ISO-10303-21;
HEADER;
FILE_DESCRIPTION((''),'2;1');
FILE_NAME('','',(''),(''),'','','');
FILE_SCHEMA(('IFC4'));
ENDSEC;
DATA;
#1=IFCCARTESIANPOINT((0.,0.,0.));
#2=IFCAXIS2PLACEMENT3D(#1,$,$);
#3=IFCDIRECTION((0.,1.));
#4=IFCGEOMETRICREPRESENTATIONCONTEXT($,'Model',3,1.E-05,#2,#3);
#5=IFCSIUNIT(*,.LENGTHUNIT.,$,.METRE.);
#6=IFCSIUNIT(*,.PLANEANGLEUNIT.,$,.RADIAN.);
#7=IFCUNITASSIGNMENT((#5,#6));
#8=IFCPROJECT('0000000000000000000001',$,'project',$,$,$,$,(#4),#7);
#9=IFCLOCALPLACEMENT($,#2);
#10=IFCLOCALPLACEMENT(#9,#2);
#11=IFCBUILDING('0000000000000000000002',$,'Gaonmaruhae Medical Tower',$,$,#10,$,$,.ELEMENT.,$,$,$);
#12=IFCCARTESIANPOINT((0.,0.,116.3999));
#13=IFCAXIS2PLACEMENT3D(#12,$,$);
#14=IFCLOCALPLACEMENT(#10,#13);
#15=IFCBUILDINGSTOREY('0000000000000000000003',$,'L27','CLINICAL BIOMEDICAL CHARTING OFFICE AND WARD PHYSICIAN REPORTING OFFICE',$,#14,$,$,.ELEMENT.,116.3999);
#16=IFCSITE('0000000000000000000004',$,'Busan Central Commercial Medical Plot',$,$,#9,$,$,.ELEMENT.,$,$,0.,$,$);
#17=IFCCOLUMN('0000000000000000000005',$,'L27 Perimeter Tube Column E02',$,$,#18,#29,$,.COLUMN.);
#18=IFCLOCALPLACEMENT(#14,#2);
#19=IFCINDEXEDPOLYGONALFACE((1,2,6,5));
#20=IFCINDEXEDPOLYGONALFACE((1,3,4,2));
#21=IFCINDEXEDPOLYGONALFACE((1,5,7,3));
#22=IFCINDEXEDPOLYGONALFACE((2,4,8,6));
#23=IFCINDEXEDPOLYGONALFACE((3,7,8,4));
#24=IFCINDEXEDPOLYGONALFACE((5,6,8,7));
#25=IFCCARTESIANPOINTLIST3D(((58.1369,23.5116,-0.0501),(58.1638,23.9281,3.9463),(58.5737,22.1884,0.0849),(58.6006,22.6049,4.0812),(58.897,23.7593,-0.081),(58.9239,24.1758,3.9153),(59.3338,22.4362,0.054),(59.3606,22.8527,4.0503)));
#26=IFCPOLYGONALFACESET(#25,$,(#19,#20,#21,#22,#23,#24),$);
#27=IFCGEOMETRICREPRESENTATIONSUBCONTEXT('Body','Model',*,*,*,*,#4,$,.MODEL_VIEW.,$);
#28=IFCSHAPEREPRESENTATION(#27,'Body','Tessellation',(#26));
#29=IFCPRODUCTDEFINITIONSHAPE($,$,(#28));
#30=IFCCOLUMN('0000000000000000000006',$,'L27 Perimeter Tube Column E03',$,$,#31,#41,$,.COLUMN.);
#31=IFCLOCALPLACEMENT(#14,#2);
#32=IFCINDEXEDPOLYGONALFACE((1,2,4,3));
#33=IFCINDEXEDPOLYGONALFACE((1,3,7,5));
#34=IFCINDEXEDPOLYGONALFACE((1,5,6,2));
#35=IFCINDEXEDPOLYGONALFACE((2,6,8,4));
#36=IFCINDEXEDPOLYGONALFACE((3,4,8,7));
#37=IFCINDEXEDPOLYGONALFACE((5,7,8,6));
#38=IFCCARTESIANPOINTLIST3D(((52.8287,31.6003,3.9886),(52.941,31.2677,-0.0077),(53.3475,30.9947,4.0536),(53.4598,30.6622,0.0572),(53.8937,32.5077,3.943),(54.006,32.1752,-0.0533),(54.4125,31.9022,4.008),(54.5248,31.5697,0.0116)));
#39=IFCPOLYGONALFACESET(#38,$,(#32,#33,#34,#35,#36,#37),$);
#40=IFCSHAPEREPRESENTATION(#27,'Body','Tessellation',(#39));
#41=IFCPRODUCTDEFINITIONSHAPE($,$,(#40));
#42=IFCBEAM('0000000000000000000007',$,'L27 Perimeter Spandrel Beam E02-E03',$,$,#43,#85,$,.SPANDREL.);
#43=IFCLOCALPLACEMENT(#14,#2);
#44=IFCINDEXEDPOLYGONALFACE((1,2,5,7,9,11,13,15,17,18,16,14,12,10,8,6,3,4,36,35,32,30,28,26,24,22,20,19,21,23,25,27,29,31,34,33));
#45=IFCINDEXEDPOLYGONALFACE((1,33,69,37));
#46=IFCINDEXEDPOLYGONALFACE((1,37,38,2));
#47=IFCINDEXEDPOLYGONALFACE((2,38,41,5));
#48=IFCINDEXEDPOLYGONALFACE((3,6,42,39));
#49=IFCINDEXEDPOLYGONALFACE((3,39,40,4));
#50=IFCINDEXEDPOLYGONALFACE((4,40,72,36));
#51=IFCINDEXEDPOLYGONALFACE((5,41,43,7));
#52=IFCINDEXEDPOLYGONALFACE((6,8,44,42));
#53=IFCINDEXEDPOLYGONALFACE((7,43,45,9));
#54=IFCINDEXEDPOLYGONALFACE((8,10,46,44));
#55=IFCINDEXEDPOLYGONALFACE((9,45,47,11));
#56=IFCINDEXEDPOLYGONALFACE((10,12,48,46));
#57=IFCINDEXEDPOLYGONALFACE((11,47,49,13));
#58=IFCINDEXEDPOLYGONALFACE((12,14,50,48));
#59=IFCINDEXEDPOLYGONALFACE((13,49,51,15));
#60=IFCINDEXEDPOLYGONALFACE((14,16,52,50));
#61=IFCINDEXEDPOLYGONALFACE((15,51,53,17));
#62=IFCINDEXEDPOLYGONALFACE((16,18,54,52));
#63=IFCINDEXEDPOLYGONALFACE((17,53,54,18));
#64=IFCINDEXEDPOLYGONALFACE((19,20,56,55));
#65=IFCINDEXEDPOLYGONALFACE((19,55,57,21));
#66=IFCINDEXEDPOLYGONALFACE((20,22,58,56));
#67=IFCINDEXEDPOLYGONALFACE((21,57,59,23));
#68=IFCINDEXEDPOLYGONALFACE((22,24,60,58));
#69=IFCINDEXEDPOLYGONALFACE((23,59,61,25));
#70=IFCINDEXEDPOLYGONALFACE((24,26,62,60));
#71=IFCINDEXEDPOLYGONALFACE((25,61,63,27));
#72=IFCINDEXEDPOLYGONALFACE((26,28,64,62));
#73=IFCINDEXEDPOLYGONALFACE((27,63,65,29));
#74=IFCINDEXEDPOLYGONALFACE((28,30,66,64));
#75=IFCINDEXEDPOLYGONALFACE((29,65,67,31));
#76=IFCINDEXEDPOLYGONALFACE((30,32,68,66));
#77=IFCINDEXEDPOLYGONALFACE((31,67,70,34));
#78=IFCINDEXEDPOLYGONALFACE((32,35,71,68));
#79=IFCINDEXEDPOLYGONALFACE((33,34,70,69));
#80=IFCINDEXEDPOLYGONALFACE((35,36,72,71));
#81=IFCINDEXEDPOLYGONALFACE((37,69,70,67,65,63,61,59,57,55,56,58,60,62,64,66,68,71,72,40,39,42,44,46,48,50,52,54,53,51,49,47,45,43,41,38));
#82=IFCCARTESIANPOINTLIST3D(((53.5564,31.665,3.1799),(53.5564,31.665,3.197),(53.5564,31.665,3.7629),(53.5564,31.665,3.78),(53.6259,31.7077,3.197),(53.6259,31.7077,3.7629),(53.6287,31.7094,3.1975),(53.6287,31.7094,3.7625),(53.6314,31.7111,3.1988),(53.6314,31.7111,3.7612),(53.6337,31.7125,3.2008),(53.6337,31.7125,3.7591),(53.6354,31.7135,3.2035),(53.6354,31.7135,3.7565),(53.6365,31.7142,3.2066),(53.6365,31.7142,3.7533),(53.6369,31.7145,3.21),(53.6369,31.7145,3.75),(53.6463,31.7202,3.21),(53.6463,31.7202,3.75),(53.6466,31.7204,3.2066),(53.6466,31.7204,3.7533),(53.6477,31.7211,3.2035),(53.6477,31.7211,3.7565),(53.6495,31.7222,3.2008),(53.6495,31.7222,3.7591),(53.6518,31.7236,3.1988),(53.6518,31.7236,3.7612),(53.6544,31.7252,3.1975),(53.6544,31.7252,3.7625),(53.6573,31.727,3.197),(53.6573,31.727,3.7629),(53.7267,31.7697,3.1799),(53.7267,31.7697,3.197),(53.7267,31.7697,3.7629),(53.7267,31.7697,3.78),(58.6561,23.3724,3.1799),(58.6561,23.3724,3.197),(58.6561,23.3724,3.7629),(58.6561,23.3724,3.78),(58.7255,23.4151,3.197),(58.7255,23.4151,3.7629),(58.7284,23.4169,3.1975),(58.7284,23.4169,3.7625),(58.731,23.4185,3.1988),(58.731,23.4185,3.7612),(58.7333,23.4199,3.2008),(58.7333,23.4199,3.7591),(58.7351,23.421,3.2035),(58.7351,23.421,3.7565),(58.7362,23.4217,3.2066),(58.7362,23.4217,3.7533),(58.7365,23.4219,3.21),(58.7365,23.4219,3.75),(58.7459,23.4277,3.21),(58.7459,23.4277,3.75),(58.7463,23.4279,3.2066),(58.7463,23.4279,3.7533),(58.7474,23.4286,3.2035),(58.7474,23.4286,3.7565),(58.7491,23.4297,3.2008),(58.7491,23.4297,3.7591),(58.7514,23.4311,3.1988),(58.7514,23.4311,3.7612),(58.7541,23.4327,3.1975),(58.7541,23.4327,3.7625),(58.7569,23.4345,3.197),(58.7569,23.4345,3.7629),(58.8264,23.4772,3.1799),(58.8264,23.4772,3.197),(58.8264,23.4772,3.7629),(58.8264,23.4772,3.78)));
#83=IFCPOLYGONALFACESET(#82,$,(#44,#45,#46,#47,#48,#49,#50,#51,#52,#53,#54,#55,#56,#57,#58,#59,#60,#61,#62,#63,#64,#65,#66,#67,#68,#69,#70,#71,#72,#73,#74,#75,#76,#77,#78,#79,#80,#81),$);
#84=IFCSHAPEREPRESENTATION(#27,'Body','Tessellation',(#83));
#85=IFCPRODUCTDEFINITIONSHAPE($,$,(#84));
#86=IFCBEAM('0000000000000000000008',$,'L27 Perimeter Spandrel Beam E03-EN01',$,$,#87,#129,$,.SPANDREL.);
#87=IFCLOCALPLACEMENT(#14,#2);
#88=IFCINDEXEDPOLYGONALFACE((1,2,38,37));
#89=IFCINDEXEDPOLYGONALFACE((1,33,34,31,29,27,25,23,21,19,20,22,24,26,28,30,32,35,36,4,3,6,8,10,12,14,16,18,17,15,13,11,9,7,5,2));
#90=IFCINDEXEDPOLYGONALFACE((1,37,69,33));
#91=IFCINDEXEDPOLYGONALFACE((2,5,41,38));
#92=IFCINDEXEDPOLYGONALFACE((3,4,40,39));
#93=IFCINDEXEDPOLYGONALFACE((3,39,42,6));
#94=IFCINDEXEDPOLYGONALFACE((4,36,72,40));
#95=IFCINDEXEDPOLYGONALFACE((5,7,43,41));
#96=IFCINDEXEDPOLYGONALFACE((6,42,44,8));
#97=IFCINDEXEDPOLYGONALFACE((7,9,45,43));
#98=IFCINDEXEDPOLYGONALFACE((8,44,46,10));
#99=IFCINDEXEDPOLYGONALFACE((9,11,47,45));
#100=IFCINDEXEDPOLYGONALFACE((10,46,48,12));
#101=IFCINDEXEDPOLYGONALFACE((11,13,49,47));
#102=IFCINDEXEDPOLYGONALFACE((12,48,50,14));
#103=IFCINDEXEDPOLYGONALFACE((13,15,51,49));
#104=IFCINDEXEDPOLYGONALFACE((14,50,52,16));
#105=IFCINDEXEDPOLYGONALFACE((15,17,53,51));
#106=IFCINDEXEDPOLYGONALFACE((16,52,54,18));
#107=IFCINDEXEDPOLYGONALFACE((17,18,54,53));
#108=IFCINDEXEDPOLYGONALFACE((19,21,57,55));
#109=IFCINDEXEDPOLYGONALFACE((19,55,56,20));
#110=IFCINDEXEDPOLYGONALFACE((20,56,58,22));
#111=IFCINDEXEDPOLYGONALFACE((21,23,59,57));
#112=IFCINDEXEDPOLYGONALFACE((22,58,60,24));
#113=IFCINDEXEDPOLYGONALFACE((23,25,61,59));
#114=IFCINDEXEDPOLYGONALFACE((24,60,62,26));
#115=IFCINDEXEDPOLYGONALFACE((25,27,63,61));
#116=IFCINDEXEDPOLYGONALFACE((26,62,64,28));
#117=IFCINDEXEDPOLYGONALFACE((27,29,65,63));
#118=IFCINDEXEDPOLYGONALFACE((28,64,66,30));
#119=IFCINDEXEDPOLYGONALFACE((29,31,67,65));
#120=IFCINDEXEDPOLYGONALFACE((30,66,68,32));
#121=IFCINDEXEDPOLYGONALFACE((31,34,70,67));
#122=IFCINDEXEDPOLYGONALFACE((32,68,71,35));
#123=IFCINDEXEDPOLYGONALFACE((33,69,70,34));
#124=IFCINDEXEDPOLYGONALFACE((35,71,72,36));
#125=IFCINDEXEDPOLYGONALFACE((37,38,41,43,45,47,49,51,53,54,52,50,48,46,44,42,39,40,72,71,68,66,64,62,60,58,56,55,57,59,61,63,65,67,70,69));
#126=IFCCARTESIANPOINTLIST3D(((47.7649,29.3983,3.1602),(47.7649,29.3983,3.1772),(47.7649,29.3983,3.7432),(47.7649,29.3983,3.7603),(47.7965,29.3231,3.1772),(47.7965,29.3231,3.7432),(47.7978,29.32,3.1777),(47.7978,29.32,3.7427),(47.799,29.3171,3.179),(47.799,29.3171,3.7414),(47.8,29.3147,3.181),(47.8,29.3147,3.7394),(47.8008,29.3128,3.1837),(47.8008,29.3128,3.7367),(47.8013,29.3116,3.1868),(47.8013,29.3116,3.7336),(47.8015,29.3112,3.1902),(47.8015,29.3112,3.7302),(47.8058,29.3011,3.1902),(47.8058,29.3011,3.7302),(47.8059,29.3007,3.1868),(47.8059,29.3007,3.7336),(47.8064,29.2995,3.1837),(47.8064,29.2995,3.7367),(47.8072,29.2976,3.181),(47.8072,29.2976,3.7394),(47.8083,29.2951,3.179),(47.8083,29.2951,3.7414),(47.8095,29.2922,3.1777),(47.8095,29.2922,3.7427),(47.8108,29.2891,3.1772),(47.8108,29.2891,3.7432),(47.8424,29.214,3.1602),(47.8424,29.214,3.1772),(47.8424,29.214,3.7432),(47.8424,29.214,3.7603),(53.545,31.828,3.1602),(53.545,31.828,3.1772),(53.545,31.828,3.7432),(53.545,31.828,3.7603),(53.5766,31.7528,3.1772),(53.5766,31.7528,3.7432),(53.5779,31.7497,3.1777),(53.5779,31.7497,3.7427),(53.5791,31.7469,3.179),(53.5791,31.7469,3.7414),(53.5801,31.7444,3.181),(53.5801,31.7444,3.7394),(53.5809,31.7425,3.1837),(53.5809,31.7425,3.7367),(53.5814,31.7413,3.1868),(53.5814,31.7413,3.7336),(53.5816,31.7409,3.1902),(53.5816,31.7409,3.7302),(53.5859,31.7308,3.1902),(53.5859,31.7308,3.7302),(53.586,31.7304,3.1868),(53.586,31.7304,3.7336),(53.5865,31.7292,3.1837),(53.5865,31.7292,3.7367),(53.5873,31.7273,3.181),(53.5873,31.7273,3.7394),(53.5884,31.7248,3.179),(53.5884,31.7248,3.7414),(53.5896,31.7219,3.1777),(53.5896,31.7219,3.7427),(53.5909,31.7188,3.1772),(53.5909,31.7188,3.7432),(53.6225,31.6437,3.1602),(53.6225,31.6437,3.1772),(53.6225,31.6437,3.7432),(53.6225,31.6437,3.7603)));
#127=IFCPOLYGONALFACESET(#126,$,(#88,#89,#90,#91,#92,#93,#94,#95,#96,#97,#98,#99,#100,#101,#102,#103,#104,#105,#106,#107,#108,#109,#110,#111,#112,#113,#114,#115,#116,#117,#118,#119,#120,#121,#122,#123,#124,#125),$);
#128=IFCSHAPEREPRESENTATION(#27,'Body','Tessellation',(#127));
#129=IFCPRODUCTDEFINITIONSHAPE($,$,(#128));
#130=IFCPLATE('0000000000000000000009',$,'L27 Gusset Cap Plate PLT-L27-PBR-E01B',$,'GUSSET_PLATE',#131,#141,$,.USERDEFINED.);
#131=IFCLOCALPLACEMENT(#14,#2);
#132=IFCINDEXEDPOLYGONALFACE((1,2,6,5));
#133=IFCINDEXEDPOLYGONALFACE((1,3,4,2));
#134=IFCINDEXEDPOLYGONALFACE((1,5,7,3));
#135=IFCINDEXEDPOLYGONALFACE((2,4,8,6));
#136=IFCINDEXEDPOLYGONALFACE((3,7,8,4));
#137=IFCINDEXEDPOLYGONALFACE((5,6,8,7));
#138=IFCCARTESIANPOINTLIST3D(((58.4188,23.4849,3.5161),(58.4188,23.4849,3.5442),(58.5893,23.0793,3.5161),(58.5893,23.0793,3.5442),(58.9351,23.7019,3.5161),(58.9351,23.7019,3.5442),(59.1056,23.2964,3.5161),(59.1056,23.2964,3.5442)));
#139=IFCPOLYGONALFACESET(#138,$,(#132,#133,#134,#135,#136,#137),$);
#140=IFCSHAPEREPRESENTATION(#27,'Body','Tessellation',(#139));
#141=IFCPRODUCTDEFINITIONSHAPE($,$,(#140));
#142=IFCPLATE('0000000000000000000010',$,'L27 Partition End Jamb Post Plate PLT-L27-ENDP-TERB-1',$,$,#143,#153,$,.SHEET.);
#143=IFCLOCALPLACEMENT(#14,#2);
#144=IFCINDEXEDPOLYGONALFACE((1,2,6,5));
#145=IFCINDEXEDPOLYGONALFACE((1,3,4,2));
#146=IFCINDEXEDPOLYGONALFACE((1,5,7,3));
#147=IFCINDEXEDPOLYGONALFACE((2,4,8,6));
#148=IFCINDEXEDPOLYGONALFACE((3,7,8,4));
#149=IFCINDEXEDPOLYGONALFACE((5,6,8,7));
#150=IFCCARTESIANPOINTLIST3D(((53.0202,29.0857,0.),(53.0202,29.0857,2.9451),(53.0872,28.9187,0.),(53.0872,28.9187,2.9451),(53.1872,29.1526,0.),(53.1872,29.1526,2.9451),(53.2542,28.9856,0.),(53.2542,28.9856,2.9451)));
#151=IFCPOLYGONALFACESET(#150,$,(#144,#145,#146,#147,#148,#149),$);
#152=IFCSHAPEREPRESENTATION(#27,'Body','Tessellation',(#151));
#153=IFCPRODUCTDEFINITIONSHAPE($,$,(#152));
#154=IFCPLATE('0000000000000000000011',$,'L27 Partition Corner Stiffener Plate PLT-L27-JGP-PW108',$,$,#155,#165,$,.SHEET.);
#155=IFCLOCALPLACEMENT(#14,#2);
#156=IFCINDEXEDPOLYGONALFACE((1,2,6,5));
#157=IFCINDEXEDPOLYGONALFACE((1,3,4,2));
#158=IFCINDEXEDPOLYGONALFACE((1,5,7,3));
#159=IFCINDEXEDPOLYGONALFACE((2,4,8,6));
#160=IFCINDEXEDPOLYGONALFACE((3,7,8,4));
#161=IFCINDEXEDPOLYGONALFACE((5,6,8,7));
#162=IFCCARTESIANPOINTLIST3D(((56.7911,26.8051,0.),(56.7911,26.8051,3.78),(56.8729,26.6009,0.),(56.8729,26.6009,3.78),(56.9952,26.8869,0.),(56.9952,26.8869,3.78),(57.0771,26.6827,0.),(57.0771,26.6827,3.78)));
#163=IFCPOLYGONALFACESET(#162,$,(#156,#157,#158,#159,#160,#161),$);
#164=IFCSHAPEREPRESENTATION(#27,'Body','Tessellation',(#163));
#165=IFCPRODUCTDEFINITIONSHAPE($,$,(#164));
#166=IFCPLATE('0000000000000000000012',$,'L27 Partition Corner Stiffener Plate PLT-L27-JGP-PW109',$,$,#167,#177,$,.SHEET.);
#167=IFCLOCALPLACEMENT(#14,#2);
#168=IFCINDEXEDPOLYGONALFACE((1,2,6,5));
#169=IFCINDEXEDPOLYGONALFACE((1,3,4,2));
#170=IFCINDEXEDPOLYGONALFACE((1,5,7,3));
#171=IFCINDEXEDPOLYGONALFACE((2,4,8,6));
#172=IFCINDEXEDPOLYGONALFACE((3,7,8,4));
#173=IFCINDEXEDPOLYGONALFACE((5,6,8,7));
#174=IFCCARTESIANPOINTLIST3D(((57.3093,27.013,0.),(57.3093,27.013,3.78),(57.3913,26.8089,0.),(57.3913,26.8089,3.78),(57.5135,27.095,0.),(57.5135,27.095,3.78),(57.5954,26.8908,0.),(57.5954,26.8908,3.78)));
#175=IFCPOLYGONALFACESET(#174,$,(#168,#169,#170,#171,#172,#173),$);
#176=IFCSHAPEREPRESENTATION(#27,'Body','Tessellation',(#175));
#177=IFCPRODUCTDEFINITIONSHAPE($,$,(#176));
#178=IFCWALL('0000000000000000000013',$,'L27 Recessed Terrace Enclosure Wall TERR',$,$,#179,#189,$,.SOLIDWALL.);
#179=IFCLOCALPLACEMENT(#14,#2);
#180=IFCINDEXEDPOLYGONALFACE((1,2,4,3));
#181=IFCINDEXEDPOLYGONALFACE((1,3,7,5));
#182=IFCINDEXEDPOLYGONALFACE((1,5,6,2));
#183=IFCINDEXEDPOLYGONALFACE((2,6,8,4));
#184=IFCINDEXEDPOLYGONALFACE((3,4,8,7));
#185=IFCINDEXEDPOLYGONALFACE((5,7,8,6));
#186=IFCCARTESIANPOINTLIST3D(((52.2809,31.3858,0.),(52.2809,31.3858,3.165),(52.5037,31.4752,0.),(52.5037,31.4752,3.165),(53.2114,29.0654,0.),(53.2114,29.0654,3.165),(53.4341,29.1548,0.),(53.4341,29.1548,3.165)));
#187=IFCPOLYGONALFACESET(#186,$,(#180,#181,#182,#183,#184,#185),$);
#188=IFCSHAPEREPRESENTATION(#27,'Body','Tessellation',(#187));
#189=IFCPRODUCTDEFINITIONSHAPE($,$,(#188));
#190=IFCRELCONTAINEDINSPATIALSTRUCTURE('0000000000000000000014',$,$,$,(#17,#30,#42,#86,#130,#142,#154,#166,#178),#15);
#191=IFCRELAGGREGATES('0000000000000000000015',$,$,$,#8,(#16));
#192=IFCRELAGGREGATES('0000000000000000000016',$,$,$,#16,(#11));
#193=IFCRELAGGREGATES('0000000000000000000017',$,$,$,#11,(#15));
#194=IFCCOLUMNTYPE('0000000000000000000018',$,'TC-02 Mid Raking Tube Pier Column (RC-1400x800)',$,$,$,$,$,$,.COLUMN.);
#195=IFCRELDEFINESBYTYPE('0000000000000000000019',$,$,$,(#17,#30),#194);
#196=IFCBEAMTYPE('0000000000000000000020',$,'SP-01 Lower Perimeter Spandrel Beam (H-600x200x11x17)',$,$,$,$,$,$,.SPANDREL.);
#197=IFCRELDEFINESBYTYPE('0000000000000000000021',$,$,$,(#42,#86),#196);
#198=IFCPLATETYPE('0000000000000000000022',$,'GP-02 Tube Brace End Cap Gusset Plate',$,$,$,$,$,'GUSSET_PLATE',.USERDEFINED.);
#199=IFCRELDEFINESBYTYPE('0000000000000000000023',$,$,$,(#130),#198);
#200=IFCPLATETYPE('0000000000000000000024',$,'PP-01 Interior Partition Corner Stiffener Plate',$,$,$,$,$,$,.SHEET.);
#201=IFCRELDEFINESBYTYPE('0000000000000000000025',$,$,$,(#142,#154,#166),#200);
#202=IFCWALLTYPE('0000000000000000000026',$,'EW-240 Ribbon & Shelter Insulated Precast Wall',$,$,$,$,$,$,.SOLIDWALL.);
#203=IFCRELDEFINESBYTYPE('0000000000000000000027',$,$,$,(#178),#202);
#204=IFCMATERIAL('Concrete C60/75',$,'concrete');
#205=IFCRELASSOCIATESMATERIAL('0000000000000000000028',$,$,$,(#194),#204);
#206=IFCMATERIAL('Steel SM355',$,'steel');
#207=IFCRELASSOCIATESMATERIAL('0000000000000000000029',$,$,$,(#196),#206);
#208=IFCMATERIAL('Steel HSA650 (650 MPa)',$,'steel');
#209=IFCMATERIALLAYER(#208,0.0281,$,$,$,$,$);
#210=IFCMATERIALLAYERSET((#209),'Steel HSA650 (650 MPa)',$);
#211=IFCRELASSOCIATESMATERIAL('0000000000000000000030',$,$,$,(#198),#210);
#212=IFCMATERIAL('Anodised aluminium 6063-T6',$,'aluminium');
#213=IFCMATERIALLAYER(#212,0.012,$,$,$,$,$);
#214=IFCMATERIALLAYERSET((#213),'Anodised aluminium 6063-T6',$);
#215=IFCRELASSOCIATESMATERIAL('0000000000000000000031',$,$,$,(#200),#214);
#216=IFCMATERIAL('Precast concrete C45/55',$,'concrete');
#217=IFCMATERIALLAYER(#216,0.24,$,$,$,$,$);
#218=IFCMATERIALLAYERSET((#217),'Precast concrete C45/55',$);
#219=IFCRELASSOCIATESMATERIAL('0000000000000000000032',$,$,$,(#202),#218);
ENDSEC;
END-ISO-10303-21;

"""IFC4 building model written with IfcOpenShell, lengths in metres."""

from ifc_helpers import new_model, si_unit, direction, frame, frame_2d, origin, origin_2d, place, context, subcontext, project, spatial, rectangle, i_section, extrude, material, layer, layer_set, material_profile, profile_set, type_object, element, save


model = new_model("IFC4")

# Units and contexts
model_context = context("Model", 3, precision=1e-05, world=origin(), true_north=direction((0.0, 1.0)))
body_context = subcontext(model_context, "Body", "Model", "MODEL_VIEW")
ifc_project = project(units=[si_unit("LENGTHUNIT", "METRE"), si_unit("PLANEANGLEUNIT", "RADIAN")], contexts=[model_context])

# Site, building, storey
site_placement = place(None, origin())
site = spatial("IfcSite", under=ifc_project, at=site_placement, Name="Busan Central Commercial Medical Plot", CompositionType="ELEMENT", RefElevation=0.0)
building_placement = place(site_placement, origin())
building = spatial("IfcBuilding", under=site, at=building_placement, Name="Gaonmaruhae Medical Tower", CompositionType="ELEMENT")
storey_placement = place(building_placement, frame((0.0, 0.0, 116.3999)))
storey = spatial("IfcBuildingStorey", under=building, at=storey_placement, Name="L27", Description="CLINICAL BIOMEDICAL CHARTING OFFICE AND WARD PHYSICIAN REPORTING OFFICE", CompositionType="ELEMENT", Elevation=116.3999)

# Columns
ifc_material_1 = material(Name="Concrete C60/75", Category="concrete")
ifc_material_profile_1 = material_profile(ifc_material_1, rectangle(XDim=1.3999, YDim=0.8, at=origin_2d()), Name="RC-1400x800")
ifc_profile_set_1 = profile_set([ifc_material_profile_1], Name="Concrete C60/75")
column_type = type_object("IfcColumnType", Name="TC-02 Mid Raking Tube Pier Column (RC-1400x800)", PredefinedType="COLUMN", material=ifc_profile_set_1)
column_1_placement = place(storey_placement, frame((58.7354, 22.9739, 0.002), z_axis=(0.006684, 0.103658, 0.994591), x_axis=(0.312007, -0.945175, 0.096411)))
element("IfcColumn", 1, at=column_1_placement, inside=storey, type_object=column_type, Name="L27 Perimeter Tube Column E02", PredefinedType="COLUMN", context=body_context, shape_type="SweptSolid", body=[
    extrude(rectangle(XDim=1.3999, YDim=0.8, at=origin_2d()), origin(), (0.0, 0.0, 1.0), 4.0181),
])
column_2_placement = place(storey_placement, frame((53.7329, 31.4187, 0.002), z_axis=(-0.027994, 0.082887, 0.996166), x_axis=(-0.760729, -0.648253, 0.032561)))
element("IfcColumn", 2, at=column_2_placement, inside=storey, type_object=column_type, Name="L27 Perimeter Tube Column E03", PredefinedType="COLUMN", context=body_context, shape_type="SweptSolid", body=[
    extrude(rectangle(XDim=1.3999, YDim=0.8, at=origin_2d()), origin(), (0.0, 0.0, 1.0), 4.0117),
])

# Beams
ifc_material_2 = material(Name="Steel SM355", Category="steel")
ifc_material_profile_2 = material_profile(ifc_material_2, i_section(OverallWidth=0.2, OverallDepth=0.6001, WebThickness=0.011, FlangeThickness=0.0171, FilletRadius=0.0129, at=origin_2d()), Name="H-600x200x11x17")
ifc_profile_set_2 = profile_set([ifc_material_profile_2], Name="Steel SM355")
beam_type = type_object("IfcBeamType", Name="SP-01 Lower Perimeter Spandrel Beam (H-600x200x11x17)", PredefinedType="SPANDREL", material=ifc_profile_set_2)
beam_1_placement = place(storey_placement, frame((58.7412, 23.4248, 3.48), z_axis=(-0.52384, 0.851817, 0.0), x_axis=(-0.851817, -0.52384, 0.0)))
element("IfcBeam", 3, at=beam_1_placement, inside=storey, type_object=beam_type, Name="L27 Perimeter Spandrel Beam E02-E03", PredefinedType="SPANDREL", context=body_context, shape_type="SweptSolid", body=[
    extrude(i_section(OverallWidth=0.2, OverallDepth=0.6001, WebThickness=0.011, FlangeThickness=0.0171, FilletRadius=0.0129, at=origin_2d()), origin(), (0.0, 0.0, 1.0), 9.7351),
])
beam_2_placement = place(storey_placement, frame((53.5837, 31.7358, 3.4602), z_axis=(-0.921864, -0.387514, 0.0), x_axis=(0.387514, -0.921864, 0.0)))
element("IfcBeam", 4, at=beam_2_placement, inside=storey, type_object=beam_type, Name="L27 Perimeter Spandrel Beam E03-EN01", PredefinedType="SPANDREL", context=body_context, shape_type="SweptSolid", body=[
    extrude(i_section(OverallWidth=0.2, OverallDepth=0.6001, WebThickness=0.011, FlangeThickness=0.0171, FilletRadius=0.0129, at=origin_2d()), origin(), (0.0, 0.0, 1.0), 6.27),
])

# Plates
ifc_material_3 = material(Name="Steel HSA650 (650 MPa)", Category="steel")
ifc_layer_1 = layer(ifc_material_3, 0.0281)
ifc_layer_set_1 = layer_set([ifc_layer_1], Name="Steel HSA650 (650 MPa)")
plate_type_1 = type_object("IfcPlateType", Name="GP-02 Tube Brace End Cap Gusset Plate", ElementType="GUSSET_PLATE", PredefinedType="USERDEFINED", material=ifc_layer_set_1)
plate_1_placement = place(storey_placement, frame((58.7622, 23.3906, 3.5161), z_axis=(0.0, 0.0, 1.0), x_axis=(0.921863, 0.387516, 0.0)))
element("IfcPlate", 5, at=plate_1_placement, inside=storey, type_object=plate_type_1, Name="L27 Gusset Cap Plate PLT-L27-PBR-E01B", ObjectType="GUSSET_PLATE", PredefinedType="USERDEFINED", context=body_context, shape_type="SweptSolid", body=[
    extrude(rectangle(XDim=0.5601, YDim=0.4399, at=origin_2d()), origin(), (0.0, 0.0, 1.0), 0.0281),
])
ifc_material_4 = material(Name="Anodised aluminium 6063-T6", Category="aluminium")
ifc_layer_2 = layer(ifc_material_4, 0.012)
ifc_layer_set_2 = layer_set([ifc_layer_2], Name="Anodised aluminium 6063-T6")
plate_type_2 = type_object("IfcPlateType", Name="PP-01 Interior Partition Corner Stiffener Plate", PredefinedType="SHEET", material=ifc_layer_set_2)
plate_2_placement = place(storey_placement, frame((53.1372, 29.0356, 0.0), z_axis=(0.0, 0.0, 1.0), x_axis=(0.928161, 0.372178, 0.0)))
element("IfcPlate", 6, at=plate_2_placement, inside=storey, type_object=plate_type_2, Name="L27 Partition End Jamb Post Plate PLT-L27-ENDP-TERB-1", PredefinedType="SHEET", context=body_context, shape_type="SweptSolid", body=[
    extrude(rectangle(XDim=0.1799, YDim=0.1799, at=origin_2d()), origin(), (0.0, 0.0, 1.0), 2.9451),
])
for number, where, z_axis, x_axis, name in (
    (7, (56.9341, 26.7439, 0.0), (0.0, 0.0, 1.0), (0.928187, 0.372113, 0.0), "L27 Partition Corner Stiffener Plate PLT-L27-JGP-PW108"),
    (8, (57.4524, 26.9519, 0.0), (0.0, 0.0, 1.0), (0.927947, 0.372712, 0.0), "L27 Partition Corner Stiffener Plate PLT-L27-JGP-PW109"),
):
    element("IfcPlate", number, at=place(storey_placement, frame(where, z_axis=z_axis, x_axis=x_axis)), inside=storey, type_object=plate_type_2, Name=name, PredefinedType="SHEET", context=body_context, shape_type="SweptSolid", body=[
        extrude(rectangle(XDim=0.22, YDim=0.22, at=origin_2d()), origin(), (0.0, 0.0, 1.0), 3.78),
    ])

# Wall
ifc_material_5 = material(Name="Precast concrete C45/55", Category="concrete")
ifc_layer_3 = layer(ifc_material_5, 0.24)
ifc_layer_set_3 = layer_set([ifc_layer_3], Name="Precast concrete C45/55")
wall_type_1 = type_object("IfcWallType", Name="EW-240 Ribbon & Shelter Insulated Precast Wall", PredefinedType="SOLIDWALL", material=ifc_layer_set_3)
wall_1_placement = place(storey_placement, frame((53.3228, 29.1101, 0.0), z_axis=(0.0, 0.0, 1.0), x_axis=(-0.372182, 0.92816, 0.0)))
element("IfcWall", 9, at=wall_1_placement, inside=storey, type_object=wall_type_1, Name="L27 Recessed Terrace Enclosure Wall TERR", PredefinedType="SOLIDWALL", context=body_context, shape_type="SweptSolid", body=[
    extrude(rectangle(XDim=2.5, YDim=0.24, at=frame_2d((1.25, 0.0))), origin(), (0.0, 0.0, 1.0), 3.165),
])

save(model, "model.ifc")
